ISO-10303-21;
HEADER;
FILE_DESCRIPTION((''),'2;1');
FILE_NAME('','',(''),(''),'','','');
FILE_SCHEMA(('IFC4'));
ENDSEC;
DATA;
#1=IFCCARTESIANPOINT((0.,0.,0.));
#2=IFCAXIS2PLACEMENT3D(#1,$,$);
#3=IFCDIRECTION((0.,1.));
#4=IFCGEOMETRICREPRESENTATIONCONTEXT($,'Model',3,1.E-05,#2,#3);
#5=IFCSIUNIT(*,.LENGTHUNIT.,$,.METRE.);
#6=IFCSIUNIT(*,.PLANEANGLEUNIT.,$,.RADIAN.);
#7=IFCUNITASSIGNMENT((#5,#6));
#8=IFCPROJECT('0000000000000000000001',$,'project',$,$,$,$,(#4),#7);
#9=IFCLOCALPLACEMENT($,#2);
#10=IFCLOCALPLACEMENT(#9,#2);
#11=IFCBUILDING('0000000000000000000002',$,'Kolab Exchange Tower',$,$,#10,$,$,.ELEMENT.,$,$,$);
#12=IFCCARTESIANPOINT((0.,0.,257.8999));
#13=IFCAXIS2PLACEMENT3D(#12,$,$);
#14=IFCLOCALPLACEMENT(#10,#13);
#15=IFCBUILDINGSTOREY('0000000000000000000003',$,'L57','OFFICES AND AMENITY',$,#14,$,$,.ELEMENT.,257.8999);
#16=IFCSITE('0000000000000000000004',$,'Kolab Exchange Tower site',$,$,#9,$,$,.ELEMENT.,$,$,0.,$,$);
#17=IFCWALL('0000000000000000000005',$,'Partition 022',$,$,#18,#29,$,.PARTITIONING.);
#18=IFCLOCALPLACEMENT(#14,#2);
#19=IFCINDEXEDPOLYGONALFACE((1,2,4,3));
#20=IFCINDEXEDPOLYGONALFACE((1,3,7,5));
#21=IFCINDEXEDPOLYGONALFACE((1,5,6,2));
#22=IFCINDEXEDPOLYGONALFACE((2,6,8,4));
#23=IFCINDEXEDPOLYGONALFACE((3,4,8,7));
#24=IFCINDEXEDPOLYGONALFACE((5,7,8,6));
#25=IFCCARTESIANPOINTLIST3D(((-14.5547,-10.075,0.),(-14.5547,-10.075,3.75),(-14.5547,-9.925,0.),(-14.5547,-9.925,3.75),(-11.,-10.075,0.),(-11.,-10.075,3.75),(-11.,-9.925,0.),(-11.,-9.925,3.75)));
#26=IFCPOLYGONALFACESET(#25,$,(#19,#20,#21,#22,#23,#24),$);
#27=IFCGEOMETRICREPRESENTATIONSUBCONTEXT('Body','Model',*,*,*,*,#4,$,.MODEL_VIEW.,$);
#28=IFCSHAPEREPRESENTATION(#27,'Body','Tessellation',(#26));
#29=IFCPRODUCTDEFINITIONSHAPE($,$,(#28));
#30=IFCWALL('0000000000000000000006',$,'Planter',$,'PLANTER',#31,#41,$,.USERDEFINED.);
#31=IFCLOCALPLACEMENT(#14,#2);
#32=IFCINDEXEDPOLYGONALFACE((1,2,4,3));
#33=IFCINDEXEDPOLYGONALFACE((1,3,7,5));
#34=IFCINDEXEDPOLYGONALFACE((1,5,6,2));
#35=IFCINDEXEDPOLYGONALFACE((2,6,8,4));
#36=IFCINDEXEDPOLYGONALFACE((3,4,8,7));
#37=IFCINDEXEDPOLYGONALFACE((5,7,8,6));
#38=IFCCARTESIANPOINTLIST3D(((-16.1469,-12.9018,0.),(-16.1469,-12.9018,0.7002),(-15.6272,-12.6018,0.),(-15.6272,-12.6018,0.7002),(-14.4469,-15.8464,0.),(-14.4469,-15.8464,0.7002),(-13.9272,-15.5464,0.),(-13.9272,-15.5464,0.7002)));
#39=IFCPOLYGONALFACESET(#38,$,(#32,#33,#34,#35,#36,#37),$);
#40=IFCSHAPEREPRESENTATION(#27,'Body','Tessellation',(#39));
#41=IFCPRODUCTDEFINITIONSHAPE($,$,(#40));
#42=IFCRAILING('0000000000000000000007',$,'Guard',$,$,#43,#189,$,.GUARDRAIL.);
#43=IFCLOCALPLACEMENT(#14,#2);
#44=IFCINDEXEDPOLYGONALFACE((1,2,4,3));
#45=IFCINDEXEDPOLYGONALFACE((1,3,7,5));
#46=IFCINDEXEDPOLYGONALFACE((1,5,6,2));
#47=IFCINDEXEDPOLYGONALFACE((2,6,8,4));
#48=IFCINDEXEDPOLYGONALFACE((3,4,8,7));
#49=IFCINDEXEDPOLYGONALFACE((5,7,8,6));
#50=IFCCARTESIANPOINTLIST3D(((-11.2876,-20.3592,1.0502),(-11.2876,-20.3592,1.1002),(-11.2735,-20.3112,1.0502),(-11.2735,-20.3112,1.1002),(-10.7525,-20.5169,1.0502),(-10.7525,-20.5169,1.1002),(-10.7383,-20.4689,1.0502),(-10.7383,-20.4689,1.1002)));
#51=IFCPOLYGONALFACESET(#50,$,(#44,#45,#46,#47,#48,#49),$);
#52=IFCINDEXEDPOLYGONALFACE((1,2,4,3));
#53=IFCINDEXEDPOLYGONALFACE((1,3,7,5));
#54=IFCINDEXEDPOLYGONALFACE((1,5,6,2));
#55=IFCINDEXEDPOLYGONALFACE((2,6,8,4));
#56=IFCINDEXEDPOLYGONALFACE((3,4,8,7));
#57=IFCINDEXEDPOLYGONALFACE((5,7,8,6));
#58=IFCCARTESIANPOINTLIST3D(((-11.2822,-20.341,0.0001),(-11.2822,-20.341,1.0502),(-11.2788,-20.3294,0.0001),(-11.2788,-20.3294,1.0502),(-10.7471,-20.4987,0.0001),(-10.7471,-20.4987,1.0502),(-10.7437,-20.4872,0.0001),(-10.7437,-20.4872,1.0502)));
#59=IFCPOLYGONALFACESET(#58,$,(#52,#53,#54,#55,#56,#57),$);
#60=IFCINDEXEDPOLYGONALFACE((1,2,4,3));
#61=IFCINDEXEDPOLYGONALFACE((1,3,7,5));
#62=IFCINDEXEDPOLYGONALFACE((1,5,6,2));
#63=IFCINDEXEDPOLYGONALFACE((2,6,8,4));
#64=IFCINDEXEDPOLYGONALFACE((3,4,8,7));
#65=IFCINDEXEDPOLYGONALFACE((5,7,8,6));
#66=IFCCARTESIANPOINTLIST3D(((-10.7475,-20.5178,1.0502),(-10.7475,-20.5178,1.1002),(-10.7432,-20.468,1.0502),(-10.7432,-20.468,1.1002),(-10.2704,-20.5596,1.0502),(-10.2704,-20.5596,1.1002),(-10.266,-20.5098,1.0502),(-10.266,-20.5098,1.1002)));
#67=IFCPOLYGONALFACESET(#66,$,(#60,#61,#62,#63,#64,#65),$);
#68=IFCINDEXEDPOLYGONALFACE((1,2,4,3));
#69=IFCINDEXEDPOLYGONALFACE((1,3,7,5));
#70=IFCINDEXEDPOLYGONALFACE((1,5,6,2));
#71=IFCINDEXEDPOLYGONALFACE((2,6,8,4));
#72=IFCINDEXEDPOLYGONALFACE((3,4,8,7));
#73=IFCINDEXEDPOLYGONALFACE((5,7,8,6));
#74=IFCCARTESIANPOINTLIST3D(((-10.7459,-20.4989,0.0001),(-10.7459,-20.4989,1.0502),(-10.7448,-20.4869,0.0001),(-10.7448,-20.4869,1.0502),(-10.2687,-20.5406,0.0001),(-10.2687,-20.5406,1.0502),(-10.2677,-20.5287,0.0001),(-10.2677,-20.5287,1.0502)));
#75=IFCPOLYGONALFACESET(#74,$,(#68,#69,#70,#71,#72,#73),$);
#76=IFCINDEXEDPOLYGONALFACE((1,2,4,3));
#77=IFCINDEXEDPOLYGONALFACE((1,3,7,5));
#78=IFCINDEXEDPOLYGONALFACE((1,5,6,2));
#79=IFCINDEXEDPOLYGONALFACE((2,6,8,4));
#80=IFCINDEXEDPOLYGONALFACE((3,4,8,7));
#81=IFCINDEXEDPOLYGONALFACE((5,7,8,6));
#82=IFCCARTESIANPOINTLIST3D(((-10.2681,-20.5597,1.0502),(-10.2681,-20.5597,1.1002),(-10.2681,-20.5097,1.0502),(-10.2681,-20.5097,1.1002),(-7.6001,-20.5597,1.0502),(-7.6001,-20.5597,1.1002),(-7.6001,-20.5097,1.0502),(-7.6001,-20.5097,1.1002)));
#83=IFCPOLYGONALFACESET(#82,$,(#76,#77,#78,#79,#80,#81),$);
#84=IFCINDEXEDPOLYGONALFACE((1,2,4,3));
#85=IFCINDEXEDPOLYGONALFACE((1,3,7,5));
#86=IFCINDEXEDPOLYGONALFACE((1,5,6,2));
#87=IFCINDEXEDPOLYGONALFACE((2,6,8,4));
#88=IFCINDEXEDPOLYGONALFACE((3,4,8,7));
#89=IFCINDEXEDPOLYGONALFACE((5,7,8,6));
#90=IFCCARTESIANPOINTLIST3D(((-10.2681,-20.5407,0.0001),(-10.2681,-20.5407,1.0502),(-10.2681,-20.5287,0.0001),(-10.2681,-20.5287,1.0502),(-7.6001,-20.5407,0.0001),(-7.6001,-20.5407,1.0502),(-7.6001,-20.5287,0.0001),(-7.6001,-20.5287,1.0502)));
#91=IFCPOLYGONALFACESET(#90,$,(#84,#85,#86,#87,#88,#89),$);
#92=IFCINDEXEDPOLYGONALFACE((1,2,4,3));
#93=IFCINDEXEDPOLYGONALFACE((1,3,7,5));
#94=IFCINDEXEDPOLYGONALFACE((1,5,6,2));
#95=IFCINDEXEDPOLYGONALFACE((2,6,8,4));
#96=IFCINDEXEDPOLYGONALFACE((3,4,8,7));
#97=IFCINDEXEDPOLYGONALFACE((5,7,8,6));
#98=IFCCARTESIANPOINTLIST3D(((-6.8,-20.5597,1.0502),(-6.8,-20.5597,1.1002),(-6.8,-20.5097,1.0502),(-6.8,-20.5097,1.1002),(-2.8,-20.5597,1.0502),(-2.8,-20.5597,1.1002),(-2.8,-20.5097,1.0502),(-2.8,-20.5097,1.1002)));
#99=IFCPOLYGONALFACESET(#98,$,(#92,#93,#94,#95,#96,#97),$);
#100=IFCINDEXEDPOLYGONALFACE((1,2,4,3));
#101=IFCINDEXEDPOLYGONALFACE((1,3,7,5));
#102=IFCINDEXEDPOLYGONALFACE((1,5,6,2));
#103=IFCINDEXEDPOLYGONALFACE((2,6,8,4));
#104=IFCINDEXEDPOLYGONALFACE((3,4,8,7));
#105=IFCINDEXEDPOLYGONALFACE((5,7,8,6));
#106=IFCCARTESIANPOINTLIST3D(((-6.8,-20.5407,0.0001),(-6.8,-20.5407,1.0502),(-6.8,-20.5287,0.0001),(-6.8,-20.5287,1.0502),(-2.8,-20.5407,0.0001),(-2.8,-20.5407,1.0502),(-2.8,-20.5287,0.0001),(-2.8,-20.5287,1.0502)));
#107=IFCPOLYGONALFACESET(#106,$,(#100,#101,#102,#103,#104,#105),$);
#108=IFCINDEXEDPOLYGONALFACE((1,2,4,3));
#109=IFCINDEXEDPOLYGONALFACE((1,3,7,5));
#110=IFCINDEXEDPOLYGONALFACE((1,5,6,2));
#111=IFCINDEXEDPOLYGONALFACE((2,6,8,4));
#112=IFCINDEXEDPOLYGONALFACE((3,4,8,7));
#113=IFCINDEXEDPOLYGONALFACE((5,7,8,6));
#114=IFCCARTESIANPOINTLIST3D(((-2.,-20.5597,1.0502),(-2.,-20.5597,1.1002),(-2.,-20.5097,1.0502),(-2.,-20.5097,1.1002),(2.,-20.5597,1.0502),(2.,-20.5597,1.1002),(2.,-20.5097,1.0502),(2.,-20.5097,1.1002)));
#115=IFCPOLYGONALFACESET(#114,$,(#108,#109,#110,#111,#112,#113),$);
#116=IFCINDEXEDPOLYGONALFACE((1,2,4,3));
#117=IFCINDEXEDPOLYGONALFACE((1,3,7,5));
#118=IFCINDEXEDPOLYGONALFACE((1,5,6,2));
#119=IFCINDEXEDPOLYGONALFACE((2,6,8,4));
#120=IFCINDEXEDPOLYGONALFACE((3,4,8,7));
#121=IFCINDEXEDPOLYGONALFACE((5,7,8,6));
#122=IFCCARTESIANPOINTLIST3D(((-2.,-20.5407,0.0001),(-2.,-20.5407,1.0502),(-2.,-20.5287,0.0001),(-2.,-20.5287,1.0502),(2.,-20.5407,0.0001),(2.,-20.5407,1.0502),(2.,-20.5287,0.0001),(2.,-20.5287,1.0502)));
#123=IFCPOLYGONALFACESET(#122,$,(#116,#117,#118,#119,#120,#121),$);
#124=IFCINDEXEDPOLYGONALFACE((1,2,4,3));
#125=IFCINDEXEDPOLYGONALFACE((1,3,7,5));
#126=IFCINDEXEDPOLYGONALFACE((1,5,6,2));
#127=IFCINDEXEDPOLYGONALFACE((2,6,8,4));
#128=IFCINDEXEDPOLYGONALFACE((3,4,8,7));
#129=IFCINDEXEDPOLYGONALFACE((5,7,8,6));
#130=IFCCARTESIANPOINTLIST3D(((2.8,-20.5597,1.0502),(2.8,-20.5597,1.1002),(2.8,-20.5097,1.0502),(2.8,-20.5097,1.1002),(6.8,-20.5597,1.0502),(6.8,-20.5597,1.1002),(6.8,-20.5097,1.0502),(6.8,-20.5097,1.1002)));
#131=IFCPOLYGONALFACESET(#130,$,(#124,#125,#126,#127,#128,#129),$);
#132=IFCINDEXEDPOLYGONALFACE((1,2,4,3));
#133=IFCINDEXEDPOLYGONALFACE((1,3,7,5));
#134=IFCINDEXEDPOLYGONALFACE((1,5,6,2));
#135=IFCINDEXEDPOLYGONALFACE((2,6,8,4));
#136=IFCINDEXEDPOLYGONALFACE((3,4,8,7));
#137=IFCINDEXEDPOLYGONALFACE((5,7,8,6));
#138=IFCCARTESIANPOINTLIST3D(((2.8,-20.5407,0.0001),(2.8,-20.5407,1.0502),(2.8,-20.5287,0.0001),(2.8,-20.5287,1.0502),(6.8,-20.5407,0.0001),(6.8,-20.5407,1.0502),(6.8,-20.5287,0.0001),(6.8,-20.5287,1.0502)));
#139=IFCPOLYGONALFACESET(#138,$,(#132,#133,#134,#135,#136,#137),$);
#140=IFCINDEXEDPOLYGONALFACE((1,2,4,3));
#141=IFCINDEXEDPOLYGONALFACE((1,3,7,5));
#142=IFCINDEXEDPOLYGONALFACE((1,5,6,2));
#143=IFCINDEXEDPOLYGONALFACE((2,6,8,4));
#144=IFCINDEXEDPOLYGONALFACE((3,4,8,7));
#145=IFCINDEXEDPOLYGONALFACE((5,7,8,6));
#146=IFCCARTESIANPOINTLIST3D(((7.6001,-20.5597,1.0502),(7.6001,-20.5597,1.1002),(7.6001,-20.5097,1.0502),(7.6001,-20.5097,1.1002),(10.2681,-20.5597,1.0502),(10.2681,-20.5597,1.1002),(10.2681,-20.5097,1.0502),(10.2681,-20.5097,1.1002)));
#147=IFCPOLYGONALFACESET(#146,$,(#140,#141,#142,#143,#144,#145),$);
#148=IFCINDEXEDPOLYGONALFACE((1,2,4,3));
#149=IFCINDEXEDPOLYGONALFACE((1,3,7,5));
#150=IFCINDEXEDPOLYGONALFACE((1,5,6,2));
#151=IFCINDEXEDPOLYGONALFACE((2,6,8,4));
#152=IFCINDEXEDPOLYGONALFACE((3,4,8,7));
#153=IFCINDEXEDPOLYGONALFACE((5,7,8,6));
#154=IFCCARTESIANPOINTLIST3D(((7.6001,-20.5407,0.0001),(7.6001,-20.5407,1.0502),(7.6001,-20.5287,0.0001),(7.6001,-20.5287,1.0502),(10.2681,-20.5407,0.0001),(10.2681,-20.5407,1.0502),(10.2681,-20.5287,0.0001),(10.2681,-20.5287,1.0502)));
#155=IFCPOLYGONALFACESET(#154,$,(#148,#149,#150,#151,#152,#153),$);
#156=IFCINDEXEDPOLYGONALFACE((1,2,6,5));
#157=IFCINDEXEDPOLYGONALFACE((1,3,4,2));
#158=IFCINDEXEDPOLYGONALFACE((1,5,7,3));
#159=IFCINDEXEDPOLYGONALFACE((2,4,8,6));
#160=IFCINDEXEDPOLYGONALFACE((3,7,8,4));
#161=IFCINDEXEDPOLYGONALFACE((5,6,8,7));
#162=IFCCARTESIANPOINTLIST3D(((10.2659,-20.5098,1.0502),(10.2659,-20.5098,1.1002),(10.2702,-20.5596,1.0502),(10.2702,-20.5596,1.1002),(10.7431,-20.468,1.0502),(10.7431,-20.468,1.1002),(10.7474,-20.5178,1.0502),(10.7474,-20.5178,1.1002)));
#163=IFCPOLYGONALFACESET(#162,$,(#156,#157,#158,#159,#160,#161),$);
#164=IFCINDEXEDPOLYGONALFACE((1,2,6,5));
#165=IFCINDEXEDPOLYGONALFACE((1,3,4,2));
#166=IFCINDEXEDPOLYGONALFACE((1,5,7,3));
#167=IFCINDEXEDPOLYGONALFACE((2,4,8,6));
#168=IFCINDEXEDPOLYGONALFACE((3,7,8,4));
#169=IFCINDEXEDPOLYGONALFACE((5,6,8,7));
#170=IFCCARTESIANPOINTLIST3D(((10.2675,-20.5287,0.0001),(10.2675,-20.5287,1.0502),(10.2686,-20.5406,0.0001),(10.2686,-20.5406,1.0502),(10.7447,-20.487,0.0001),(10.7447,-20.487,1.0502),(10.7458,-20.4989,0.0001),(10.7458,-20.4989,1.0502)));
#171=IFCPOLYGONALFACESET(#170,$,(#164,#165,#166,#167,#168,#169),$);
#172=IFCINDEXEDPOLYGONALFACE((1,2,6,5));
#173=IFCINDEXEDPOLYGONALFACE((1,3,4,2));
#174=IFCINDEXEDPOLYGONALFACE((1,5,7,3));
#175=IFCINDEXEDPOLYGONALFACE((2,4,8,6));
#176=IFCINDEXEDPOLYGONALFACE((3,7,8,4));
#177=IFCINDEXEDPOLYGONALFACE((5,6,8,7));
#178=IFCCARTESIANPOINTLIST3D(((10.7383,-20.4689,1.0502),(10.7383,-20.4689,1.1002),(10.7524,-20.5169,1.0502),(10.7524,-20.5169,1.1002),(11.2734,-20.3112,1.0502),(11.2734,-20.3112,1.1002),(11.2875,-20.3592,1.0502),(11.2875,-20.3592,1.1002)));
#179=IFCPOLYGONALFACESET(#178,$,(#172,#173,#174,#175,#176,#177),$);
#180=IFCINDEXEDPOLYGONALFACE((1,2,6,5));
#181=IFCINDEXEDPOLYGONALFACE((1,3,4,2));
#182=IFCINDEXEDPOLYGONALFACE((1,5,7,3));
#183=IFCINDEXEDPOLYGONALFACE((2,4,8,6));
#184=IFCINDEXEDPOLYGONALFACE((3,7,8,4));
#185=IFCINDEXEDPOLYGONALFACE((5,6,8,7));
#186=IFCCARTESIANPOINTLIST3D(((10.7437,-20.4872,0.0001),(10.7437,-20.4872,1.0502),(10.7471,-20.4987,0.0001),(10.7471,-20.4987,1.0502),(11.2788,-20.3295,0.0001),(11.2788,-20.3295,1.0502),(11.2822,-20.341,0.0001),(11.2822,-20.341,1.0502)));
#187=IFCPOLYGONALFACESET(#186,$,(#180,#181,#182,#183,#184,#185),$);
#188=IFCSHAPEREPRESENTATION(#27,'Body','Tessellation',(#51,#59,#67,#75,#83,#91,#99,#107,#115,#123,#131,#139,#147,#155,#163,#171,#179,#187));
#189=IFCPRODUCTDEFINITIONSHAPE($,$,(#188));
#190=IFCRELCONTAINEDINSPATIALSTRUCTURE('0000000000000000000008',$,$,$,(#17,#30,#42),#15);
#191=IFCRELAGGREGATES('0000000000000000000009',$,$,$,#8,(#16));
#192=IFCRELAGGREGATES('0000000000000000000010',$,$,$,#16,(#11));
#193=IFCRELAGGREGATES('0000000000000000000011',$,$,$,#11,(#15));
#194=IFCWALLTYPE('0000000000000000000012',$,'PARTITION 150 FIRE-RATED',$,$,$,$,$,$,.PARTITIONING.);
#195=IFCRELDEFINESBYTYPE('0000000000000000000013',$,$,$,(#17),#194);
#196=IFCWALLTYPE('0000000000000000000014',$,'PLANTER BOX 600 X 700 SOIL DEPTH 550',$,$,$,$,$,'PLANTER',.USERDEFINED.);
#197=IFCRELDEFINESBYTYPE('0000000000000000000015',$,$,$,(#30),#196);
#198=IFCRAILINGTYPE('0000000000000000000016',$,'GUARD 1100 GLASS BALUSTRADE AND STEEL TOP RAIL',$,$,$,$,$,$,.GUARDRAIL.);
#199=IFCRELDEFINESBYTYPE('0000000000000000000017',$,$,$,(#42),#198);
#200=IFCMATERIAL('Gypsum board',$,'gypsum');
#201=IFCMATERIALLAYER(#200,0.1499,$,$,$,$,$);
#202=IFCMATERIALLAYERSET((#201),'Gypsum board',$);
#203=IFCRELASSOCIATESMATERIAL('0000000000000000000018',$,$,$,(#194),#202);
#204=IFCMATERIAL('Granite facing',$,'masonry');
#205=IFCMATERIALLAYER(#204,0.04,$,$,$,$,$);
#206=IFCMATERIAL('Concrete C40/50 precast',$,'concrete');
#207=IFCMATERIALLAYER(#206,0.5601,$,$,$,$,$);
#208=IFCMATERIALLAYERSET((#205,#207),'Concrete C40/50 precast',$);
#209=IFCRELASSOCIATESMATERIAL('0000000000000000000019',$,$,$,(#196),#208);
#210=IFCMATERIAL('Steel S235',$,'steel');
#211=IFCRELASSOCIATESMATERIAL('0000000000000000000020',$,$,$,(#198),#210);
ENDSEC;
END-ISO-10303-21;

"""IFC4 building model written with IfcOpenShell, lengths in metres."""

from ifc_helpers import new_model, si_unit, direction, frame, frame_2d, origin, origin_2d, place, context, subcontext, project, spatial, rectangle, extrude, material, layer, layer_set, type_object, element, save


model = new_model("IFC4")

# Units and contexts
model_context = context("Model", 3, precision=1e-05, world=origin(), true_north=direction((0.0, 1.0)))
body_context = subcontext(model_context, "Body", "Model", "MODEL_VIEW")
ifc_project = project(units=[si_unit("LENGTHUNIT", "METRE"), si_unit("PLANEANGLEUNIT", "RADIAN")], contexts=[model_context])

# Site, building, storey
site_placement = place(None, origin())
site = spatial("IfcSite", under=ifc_project, at=site_placement, Name="Kolab Exchange Tower site", CompositionType="ELEMENT", RefElevation=0.0)
building_placement = place(site_placement, origin())
building = spatial("IfcBuilding", under=site, at=building_placement, Name="Kolab Exchange Tower", CompositionType="ELEMENT")
storey_placement = place(building_placement, frame((0.0, 0.0, 257.8999)))
storey = spatial("IfcBuildingStorey", under=building, at=storey_placement, Name="L57", Description="OFFICES AND AMENITY", CompositionType="ELEMENT", Elevation=257.8999)

# Shared definitions
ifc_material_1 = material(Name="Gypsum board", Category="gypsum")
ifc_layer_1 = layer(ifc_material_1, 0.1499)
ifc_layer_set_1 = layer_set([ifc_layer_1], Name="Gypsum board")
wall_type_1 = type_object("IfcWallType", Name="PARTITION 150 FIRE-RATED", PredefinedType="PARTITIONING", material=ifc_layer_set_1)
ifc_material_2 = material(Name="Steel S235", Category="steel")

# Walls
wall_1_placement = place(storey_placement, frame((-14.5547, -10.0, 0.0), z_axis=(0.0, 0.0, 1.0), x_axis=(1.0, 0.0, 0.0)))
element("IfcWall", 1, at=wall_1_placement, inside=storey, type_object=wall_type_1, Name="Partition 022", PredefinedType="PARTITIONING", context=body_context, shape_type="SweptSolid", body=[
    extrude(rectangle(XDim=3.5547, YDim=0.1499, at=frame_2d((1.7773, 0.0))), origin(), (0.0, 0.0, 1.0), 3.75),
])
ifc_material_3 = material(Name="Granite facing", Category="masonry")
ifc_layer_2 = layer(ifc_material_3, 0.04)
ifc_material_4 = material(Name="Concrete C40/50 precast", Category="concrete")
ifc_layer_3 = layer(ifc_material_4, 0.5601)
ifc_layer_set_2 = layer_set([ifc_layer_2, ifc_layer_3], Name="Concrete C40/50 precast")
wall_type_2 = type_object("IfcWallType", Name="PLANTER BOX 600 X 700 SOIL DEPTH 550", ElementType="PLANTER", PredefinedType="USERDEFINED", material=ifc_layer_set_2)
wall_2_placement = place(storey_placement, frame((-14.187, -15.6965, 0.0), z_axis=(0.0, 0.0, 1.0), x_axis=(-0.499977, 0.866039, 0.0)))
element("IfcWall", 2, at=wall_2_placement, inside=storey, type_object=wall_type_2, Name="Planter", ObjectType="PLANTER", PredefinedType="USERDEFINED", context=body_context, shape_type="SweptSolid", body=[
    extrude(rectangle(XDim=3.4001, YDim=0.6001, at=frame_2d((1.7002, 0.0))), origin(), (0.0, 0.0, 1.0), 0.7002),
])

# Railing
railing_type = type_object("IfcRailingType", Name="GUARD 1100 GLASS BALUSTRADE AND STEEL TOP RAIL", PredefinedType="GUARDRAIL", material=ifc_material_2)
railing_placement = place(storey_placement, frame((-11.2805, -20.3352, 0.0)))
element("IfcRailing", 3, at=railing_placement, inside=storey, type_object=railing_type, Name="Guard", PredefinedType="GUARDRAIL", context=body_context, shape_type="SweptSolid", body=[
    extrude(rectangle(XDim=0.05, YDim=0.05, at=origin_2d()), frame((0.0, 0.0, 1.0752), z_axis=(0.959212, -0.282687, 0.0), x_axis=(0.282687, 0.959212, 0.0)), (0.0, 0.0, 1.0), 0.5579),
    extrude(rectangle(XDim=0.012, YDim=1.0501, at=frame_2d((0.0, 0.5251))), frame((0.0, 0.0, 0.0), z_axis=(0.959212, -0.282687, 0.0), x_axis=(0.282687, 0.959212, 0.0)), (0.0, 0.0, 1.0), 0.5579),
    extrude(rectangle(XDim=0.05, YDim=0.05, at=origin_2d()), frame((0.5352, -0.1577, 1.0752), z_axis=(0.996196, -0.087135, 0.0), x_axis=(0.087135, 0.996196, 0.0)), (0.0, 0.0, 1.0), 0.479),
    extrude(rectangle(XDim=0.012, YDim=1.0501, at=frame_2d((0.0, 0.5251))), frame((0.5352, -0.1577, 0.0), z_axis=(0.996196, -0.087135, 0.0), x_axis=(0.087135, 0.996196, 0.0)), (0.0, 0.0, 1.0), 0.479),
    extrude(rectangle(XDim=0.05, YDim=0.05, at=origin_2d()), frame((1.0125, -0.1995, 1.0752), z_axis=(1.0, 0.0, 0.0), x_axis=(0.0, 1.0, 0.0)), (0.0, 0.0, 1.0), 2.668),
    extrude(rectangle(XDim=0.012, YDim=1.0501, at=frame_2d((0.0, 0.5251))), frame((1.0125, -0.1995, 0.0), z_axis=(1.0, 0.0, 0.0), x_axis=(0.0, 1.0, 0.0)), (0.0, 0.0, 1.0), 2.668),
    extrude(rectangle(XDim=0.05, YDim=0.05, at=origin_2d()), frame((4.4805, -0.1995, 1.0752), z_axis=(1.0, 0.0, 0.0), x_axis=(0.0, 1.0, 0.0)), (0.0, 0.0, 1.0), 4.0),
    extrude(rectangle(XDim=0.012, YDim=1.0501, at=frame_2d((0.0, 0.5251))), frame((4.4805, -0.1995, 0.0), z_axis=(1.0, 0.0, 0.0), x_axis=(0.0, 1.0, 0.0)), (0.0, 0.0, 1.0), 4.0),
    extrude(rectangle(XDim=0.05, YDim=0.05, at=origin_2d()), frame((9.2805, -0.1995, 1.0752), z_axis=(1.0, 0.0, 0.0), x_axis=(0.0, 1.0, 0.0)), (0.0, 0.0, 1.0), 4.0),
    extrude(rectangle(XDim=0.012, YDim=1.0501, at=frame_2d((0.0, 0.5251))), frame((9.2805, -0.1995, 0.0), z_axis=(1.0, 0.0, 0.0), x_axis=(0.0, 1.0, 0.0)), (0.0, 0.0, 1.0), 4.0),
    extrude(rectangle(XDim=0.05, YDim=0.05, at=origin_2d()), frame((14.0806, -0.1995, 1.0752), z_axis=(1.0, 0.0, 0.0), x_axis=(0.0, 1.0, 0.0)), (0.0, 0.0, 1.0), 4.0),
    extrude(rectangle(XDim=0.012, YDim=1.0501, at=frame_2d((0.0, 0.5251))), frame((14.0806, -0.1995, 0.0), z_axis=(1.0, 0.0, 0.0), x_axis=(0.0, 1.0, 0.0)), (0.0, 0.0, 1.0), 4.0),
    extrude(rectangle(XDim=0.05, YDim=0.05, at=origin_2d()), frame((18.8806, -0.1995, 1.0752), z_axis=(1.0, 0.0, 0.0), x_axis=(0.0, 1.0, 0.0)), (0.0, 0.0, 1.0), 2.668),
    extrude(rectangle(XDim=0.012, YDim=1.0501, at=frame_2d((0.0, 0.5251))), frame((18.8806, -0.1995, 0.0), z_axis=(1.0, 0.0, 0.0), x_axis=(0.0, 1.0, 0.0)), (0.0, 0.0, 1.0), 2.668),
    extrude(rectangle(XDim=0.05, YDim=0.05, at=origin_2d()), frame((21.5486, -0.1995, 1.0752), z_axis=(0.996196, 0.087135, 0.0), x_axis=(-0.087135, 0.996196, 0.0)), (0.0, 0.0, 1.0), 0.479),
    extrude(rectangle(XDim=0.012, YDim=1.0501, at=frame_2d((0.0, 0.5251))), frame((21.5486, -0.1995, 0.0), z_axis=(0.996196, 0.087135, 0.0), x_axis=(-0.087135, 0.996196, 0.0)), (0.0, 0.0, 1.0), 0.479),
    extrude(rectangle(XDim=0.05, YDim=0.05, at=origin_2d()), frame((22.0259, -0.1577, 1.0752), z_axis=(0.959212, 0.282687, 0.0), x_axis=(-0.282687, 0.959212, 0.0)), (0.0, 0.0, 1.0), 0.5579),
    extrude(rectangle(XDim=0.012, YDim=1.0501, at=frame_2d((0.0, 0.5251))), frame((22.0259, -0.1577, 0.0), z_axis=(0.959212, 0.282687, 0.0), x_axis=(-0.282687, 0.959212, 0.0)), (0.0, 0.0, 1.0), 0.5579),
])

save(model, "model.ifc")
